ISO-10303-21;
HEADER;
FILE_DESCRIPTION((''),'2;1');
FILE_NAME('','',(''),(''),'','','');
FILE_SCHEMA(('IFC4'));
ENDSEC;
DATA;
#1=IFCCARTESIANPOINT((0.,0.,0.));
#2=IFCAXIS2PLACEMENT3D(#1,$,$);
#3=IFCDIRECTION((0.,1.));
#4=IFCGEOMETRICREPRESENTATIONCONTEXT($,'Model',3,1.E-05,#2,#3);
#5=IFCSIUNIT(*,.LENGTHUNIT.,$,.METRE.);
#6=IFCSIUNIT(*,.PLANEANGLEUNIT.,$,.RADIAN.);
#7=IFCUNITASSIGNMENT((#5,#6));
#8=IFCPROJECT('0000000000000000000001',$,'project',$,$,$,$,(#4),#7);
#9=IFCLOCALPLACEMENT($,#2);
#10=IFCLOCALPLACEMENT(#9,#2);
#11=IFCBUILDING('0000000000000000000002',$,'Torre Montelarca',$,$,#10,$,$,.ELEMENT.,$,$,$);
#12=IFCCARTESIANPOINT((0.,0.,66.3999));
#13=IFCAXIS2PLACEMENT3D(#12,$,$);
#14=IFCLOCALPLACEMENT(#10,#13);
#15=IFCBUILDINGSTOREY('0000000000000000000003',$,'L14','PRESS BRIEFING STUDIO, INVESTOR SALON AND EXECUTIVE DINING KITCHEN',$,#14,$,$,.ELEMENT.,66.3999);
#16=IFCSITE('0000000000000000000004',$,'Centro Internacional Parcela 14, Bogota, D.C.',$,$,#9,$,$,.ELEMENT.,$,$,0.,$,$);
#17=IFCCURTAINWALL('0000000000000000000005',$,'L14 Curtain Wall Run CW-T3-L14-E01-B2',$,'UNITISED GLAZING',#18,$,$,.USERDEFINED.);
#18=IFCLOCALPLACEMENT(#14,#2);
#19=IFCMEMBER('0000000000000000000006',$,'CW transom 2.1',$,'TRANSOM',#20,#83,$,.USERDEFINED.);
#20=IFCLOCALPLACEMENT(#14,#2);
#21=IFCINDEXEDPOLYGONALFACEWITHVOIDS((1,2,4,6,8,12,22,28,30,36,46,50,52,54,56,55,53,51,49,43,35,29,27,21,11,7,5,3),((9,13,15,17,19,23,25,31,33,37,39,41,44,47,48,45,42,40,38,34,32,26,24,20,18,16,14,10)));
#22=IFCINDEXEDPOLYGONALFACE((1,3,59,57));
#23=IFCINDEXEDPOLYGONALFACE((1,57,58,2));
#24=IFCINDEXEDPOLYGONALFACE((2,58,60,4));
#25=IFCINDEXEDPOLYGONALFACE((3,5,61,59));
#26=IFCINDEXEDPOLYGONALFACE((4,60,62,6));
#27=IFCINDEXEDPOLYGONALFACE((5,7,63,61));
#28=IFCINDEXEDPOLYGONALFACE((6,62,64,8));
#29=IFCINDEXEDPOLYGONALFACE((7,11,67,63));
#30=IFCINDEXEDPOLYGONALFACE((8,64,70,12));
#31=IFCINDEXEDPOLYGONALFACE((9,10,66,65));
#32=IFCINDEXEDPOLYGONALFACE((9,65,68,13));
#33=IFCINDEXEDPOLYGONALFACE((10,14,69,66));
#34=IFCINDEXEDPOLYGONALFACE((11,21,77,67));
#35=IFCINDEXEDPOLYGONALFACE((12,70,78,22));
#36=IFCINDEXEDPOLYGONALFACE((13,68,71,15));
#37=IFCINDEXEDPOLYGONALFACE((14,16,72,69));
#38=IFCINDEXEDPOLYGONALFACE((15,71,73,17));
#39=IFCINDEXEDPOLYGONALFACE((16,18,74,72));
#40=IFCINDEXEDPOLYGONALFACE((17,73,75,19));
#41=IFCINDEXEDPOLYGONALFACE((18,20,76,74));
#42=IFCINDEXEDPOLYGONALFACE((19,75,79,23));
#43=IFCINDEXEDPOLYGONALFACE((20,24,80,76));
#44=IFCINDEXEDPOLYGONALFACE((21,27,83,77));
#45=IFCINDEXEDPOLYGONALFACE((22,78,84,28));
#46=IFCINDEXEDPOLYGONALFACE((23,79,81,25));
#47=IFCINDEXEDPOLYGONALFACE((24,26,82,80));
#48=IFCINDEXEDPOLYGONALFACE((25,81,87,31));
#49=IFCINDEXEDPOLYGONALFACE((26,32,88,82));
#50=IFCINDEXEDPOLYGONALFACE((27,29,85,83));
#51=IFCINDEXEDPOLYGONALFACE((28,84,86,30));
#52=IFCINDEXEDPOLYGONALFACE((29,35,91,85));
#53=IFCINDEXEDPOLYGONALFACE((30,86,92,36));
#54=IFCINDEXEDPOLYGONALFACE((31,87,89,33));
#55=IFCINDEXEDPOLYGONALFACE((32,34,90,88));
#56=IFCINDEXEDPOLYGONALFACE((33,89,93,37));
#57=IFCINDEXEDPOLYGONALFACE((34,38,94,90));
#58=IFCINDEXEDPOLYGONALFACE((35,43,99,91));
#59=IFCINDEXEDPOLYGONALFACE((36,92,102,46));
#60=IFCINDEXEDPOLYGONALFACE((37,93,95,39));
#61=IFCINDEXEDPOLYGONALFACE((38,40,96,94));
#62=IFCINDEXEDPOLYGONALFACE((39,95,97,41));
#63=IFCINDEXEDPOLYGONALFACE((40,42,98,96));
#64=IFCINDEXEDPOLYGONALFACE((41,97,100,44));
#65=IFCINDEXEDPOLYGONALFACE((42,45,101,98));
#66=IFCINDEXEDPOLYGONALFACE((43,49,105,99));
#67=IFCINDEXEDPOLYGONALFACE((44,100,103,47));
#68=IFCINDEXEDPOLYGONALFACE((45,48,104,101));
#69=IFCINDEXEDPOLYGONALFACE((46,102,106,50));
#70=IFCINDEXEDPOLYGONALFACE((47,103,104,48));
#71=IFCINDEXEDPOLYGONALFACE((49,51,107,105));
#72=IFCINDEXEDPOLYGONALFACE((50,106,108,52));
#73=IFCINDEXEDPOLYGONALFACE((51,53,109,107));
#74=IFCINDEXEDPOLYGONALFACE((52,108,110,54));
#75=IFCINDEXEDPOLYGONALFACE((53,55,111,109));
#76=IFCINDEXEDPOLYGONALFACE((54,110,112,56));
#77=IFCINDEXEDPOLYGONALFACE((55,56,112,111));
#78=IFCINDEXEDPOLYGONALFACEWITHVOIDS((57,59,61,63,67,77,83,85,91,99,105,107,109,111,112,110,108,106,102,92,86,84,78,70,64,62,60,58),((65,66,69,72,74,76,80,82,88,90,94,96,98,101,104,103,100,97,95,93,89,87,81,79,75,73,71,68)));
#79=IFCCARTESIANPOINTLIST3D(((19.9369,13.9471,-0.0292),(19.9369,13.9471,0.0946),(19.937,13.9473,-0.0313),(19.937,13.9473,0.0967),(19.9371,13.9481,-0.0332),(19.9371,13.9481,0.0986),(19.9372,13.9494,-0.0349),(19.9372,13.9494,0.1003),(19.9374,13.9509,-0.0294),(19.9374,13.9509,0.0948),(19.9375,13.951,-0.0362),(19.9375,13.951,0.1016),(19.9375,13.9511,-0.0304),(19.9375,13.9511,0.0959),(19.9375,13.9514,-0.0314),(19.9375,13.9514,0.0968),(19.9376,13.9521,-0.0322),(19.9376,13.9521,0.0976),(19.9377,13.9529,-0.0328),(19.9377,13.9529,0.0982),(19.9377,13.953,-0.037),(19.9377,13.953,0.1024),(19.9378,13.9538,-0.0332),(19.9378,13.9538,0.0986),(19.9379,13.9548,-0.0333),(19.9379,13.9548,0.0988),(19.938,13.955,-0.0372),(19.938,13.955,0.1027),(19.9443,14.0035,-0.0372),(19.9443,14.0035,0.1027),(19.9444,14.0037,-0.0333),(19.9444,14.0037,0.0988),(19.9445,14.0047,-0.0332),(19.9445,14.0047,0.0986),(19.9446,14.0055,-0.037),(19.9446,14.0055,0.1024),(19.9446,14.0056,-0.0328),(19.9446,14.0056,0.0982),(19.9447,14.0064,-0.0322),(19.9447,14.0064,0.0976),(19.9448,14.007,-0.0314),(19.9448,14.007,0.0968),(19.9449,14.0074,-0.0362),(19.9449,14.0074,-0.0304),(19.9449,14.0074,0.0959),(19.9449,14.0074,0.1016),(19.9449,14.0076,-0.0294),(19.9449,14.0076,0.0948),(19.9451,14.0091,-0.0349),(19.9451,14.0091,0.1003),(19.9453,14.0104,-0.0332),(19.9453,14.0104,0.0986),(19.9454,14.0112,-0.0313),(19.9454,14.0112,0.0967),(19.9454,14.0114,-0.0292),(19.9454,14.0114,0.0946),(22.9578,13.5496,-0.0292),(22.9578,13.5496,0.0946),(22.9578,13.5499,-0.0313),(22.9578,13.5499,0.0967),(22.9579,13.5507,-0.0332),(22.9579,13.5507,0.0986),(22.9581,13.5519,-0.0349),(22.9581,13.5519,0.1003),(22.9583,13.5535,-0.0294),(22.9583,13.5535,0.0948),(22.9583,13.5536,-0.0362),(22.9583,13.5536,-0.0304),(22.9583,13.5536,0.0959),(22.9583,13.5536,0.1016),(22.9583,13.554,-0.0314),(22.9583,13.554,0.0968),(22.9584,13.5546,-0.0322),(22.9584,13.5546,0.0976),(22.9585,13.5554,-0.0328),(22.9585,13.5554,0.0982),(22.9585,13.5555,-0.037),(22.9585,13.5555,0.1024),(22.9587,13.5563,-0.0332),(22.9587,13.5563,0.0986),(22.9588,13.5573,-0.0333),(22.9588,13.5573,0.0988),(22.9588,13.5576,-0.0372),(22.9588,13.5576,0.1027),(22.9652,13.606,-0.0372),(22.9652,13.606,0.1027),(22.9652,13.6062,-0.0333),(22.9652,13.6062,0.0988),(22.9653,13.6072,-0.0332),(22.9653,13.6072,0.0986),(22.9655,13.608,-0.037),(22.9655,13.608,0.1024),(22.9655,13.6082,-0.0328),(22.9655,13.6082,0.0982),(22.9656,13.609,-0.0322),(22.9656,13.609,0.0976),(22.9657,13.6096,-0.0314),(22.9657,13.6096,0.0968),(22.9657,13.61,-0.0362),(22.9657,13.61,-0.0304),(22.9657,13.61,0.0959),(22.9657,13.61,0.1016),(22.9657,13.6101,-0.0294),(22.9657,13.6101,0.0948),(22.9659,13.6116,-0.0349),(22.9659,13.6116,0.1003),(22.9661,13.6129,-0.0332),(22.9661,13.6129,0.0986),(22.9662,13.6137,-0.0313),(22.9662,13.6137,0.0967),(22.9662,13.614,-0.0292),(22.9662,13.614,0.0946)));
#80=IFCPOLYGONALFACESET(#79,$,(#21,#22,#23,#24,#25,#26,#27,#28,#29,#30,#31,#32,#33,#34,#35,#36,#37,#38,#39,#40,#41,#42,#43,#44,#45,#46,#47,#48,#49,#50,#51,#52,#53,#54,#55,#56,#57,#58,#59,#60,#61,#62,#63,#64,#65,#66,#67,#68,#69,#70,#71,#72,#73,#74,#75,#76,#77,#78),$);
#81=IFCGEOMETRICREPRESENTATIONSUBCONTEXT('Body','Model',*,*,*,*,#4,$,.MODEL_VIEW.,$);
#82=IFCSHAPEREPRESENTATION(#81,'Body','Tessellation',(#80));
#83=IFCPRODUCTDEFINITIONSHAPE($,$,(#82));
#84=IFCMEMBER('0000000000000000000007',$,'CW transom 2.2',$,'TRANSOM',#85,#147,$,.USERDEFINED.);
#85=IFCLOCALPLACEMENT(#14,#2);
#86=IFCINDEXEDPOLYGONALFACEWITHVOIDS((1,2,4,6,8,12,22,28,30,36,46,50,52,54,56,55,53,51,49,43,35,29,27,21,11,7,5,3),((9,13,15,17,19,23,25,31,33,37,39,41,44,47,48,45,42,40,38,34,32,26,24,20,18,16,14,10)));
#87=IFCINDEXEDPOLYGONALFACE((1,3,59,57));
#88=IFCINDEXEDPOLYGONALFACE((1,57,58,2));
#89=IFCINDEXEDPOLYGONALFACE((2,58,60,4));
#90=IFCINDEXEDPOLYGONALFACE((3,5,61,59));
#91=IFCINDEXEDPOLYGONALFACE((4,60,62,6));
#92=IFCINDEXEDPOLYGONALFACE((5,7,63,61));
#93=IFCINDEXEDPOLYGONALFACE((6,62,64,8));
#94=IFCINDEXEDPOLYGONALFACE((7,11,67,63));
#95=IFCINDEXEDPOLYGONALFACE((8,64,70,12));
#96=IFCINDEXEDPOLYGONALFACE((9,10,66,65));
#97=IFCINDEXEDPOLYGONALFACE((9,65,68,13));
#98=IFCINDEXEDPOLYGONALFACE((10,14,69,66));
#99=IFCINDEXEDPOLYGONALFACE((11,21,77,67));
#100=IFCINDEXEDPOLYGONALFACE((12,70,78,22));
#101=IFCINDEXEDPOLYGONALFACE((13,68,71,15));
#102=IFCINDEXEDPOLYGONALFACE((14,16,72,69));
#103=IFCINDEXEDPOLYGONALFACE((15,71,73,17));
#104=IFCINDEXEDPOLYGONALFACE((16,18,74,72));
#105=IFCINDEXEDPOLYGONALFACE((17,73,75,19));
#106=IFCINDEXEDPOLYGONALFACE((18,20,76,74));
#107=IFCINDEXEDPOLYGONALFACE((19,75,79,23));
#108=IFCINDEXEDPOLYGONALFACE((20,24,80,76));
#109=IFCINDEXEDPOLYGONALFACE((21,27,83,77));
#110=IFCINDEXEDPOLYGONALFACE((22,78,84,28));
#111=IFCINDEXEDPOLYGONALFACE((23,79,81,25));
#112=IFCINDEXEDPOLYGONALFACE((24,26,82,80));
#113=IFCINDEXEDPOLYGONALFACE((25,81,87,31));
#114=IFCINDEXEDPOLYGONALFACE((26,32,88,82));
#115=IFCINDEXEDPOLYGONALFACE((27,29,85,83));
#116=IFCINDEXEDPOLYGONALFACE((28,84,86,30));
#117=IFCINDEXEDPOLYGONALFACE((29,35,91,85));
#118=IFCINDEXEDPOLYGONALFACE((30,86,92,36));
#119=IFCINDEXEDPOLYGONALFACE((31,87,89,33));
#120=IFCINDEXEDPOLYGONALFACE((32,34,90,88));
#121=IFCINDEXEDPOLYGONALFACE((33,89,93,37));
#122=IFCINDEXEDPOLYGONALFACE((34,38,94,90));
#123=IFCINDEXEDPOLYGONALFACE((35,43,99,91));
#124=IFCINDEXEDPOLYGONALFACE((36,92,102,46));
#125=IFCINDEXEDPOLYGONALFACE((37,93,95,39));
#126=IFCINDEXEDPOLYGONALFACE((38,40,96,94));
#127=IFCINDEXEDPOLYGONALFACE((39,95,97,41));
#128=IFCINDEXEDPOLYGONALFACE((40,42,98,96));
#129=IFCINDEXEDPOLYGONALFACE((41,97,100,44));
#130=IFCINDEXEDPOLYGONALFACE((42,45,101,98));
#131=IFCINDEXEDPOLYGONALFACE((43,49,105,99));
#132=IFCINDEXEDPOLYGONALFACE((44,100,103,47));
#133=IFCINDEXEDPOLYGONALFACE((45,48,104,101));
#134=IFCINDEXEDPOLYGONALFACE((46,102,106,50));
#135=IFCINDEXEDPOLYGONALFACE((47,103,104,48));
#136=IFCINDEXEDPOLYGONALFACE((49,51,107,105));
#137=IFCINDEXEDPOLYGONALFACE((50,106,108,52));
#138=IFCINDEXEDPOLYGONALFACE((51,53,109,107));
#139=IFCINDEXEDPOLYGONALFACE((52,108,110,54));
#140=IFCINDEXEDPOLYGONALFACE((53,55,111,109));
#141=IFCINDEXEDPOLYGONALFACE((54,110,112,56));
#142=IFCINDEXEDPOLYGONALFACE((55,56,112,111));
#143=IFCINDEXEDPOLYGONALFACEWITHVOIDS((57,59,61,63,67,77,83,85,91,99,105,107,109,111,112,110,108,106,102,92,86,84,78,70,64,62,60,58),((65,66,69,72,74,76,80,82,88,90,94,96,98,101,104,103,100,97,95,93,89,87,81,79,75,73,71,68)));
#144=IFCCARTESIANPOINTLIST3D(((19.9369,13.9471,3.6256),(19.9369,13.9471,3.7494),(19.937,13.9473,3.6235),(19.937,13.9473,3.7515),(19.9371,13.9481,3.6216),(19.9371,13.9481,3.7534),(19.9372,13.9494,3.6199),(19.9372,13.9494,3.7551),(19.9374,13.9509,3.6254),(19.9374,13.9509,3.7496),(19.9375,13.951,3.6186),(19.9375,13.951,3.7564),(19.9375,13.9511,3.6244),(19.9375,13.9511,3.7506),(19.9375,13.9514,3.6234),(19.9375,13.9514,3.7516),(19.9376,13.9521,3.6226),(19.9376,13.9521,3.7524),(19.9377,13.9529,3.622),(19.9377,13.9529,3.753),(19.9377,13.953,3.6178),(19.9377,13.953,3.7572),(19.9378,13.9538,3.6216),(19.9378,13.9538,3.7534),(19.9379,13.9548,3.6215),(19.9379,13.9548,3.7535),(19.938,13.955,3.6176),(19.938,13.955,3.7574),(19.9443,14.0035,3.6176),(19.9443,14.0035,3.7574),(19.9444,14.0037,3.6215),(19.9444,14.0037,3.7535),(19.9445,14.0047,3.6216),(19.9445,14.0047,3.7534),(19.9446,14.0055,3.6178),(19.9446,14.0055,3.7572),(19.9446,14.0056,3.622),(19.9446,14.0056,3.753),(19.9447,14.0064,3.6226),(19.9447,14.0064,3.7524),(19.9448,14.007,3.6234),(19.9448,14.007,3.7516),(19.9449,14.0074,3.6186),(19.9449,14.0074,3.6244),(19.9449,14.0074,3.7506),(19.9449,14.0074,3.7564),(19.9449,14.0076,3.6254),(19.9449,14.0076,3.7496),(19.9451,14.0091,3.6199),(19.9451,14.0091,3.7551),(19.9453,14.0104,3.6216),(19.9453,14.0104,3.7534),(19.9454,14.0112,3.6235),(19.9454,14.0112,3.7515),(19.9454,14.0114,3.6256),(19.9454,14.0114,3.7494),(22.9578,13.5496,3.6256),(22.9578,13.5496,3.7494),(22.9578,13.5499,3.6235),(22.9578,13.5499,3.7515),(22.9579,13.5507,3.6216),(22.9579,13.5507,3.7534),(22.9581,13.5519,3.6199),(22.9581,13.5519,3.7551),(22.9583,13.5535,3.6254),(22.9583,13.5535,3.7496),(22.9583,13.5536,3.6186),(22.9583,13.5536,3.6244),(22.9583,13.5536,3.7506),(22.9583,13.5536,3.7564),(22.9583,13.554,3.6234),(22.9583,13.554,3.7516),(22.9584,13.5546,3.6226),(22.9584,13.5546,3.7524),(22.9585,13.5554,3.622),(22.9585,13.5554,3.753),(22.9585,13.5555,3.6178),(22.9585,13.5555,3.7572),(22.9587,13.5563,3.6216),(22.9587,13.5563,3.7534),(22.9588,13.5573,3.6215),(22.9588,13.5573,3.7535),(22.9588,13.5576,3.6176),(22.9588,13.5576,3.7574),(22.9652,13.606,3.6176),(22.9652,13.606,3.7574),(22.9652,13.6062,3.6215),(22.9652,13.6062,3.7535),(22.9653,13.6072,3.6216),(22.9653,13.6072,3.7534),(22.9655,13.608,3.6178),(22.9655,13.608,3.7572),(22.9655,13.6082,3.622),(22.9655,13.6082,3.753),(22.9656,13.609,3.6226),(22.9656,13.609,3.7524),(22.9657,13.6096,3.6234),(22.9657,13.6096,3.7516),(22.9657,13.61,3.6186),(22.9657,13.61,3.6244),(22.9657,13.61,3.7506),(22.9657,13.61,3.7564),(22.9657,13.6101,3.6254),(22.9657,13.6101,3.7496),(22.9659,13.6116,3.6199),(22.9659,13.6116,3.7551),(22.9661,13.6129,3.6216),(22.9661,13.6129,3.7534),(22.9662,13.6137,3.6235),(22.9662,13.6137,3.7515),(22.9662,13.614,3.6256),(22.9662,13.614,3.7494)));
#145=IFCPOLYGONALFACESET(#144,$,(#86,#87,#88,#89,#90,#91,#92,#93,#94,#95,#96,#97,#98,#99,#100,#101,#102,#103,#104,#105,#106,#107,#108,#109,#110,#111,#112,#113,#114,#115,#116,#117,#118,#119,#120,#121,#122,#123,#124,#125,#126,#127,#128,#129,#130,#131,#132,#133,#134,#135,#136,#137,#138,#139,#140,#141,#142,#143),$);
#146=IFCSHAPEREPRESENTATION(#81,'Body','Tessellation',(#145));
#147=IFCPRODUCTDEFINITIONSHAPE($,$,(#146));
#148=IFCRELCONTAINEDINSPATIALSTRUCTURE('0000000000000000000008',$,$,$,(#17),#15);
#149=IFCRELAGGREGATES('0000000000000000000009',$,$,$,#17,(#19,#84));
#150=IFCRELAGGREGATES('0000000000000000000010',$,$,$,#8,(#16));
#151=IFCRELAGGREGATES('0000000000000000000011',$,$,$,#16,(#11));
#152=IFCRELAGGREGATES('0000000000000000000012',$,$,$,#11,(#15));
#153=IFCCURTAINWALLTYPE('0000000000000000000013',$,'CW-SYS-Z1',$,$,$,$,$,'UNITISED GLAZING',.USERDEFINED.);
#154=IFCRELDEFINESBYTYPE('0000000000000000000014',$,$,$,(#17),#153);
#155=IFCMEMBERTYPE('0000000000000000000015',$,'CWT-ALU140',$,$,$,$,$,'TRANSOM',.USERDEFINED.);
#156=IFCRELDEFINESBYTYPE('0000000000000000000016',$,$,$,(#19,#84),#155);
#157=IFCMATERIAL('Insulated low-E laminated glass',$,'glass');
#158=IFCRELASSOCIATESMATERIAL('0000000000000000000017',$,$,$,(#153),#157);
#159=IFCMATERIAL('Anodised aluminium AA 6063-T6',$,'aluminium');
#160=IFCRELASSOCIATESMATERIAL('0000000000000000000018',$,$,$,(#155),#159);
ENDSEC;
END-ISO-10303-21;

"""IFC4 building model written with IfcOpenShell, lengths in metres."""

from ifc_helpers import new_model, si_unit, direction, frame, origin, origin_2d, place, context, subcontext, project, spatial, hollow_rectangle, extrude, source, transform, mapped, material, material_profile, profile_set, type_object, element, aggregate, save


model = new_model("IFC4")

# Units and contexts
model_context = context("Model", 3, precision=1e-05, world=origin(), true_north=direction((0.0, 1.0)))
body_context = subcontext(model_context, "Body", "Model", "MODEL_VIEW")
ifc_project = project(units=[si_unit("LENGTHUNIT", "METRE"), si_unit("PLANEANGLEUNIT", "RADIAN")], contexts=[model_context])

# Site, building, storey
site_placement = place(None, origin())
site = spatial("IfcSite", under=ifc_project, at=site_placement, Name="Centro Internacional Parcela 14, Bogota, D.C.", CompositionType="ELEMENT", RefElevation=0.0)
building_placement = place(site_placement, origin())
building = spatial("IfcBuilding", under=site, at=building_placement, Name="Torre Montelarca", CompositionType="ELEMENT")
storey_placement = place(building_placement, frame((0.0, 0.0, 66.3999)))
storey = spatial("IfcBuildingStorey", under=building, at=storey_placement, Name="L14", Description="PRESS BRIEFING STUDIO, INVESTOR SALON AND EXECUTIVE DINING KITCHEN", CompositionType="ELEMENT", Elevation=66.3999)

# Curtain wall, members
ifc_material_1 = material(Name="Insulated low-E laminated glass", Category="glass")
curtain_wall_type = type_object("IfcCurtainWallType", Name="CW-SYS-Z1", ElementType="UNITISED GLAZING", PredefinedType="USERDEFINED", material=ifc_material_1)
ifc_material_2 = material(Name="Anodised aluminium AA 6063-T6", Category="aluminium")
ifc_material_profile_1 = material_profile(ifc_material_2, hollow_rectangle(XDim=0.0649, YDim=0.1399, WallThickness=0.0039, InnerFilletRadius=0.0039, OuterFilletRadius=0.0081, at=origin_2d()), Name="ALU65X140X4", Category="aluminium")
ifc_profile_set_1 = profile_set([ifc_material_profile_1], Name="Anodised aluminium AA 6063-T6")
member_type_1 = type_object("IfcMemberType", Name="CWT-ALU140", ElementType="TRANSOM", PredefinedType="USERDEFINED", material=ifc_profile_set_1)
curtain_wall_1_placement = place(storey_placement, origin())
curtain_wall_1 = element("IfcCurtainWall", 1, at=curtain_wall_1_placement, inside=storey, type_object=curtain_wall_type, Name="L14 Curtain Wall Run CW-T3-L14-E01-B2", ObjectType="UNITISED GLAZING", PredefinedType="USERDEFINED")
shared_shape_1 = source(origin(), body_context, "Body", "SweptSolid", [
    extrude(hollow_rectangle(XDim=0.0649, YDim=0.1399, WallThickness=0.0039, InnerFilletRadius=0.0039, OuterFilletRadius=0.0081, at=origin_2d()), origin(), (0.0, 0.0, 1.0), 3.0469),
])
member_1_placement = place(storey_placement, frame((19.9412, 13.9792, 0.0327), z_axis=(0.991455, -0.130452, 0.0), x_axis=(0.130452, 0.991455, 0.0)))
member_1 = element("IfcMember", 2, at=member_1_placement, type_object=member_type_1, Name="CW transom 2.1", ObjectType="TRANSOM", PredefinedType="USERDEFINED", context=body_context, shape_type="MappedRepresentation", body=[
    mapped(shared_shape_1, transform((0.0, 0.0, 0.0), scale=1.0)),
])
member_2_placement = place(storey_placement, frame((19.9412, 13.9792, 3.6875), z_axis=(0.991455, -0.130452, 0.0), x_axis=(0.130452, 0.991455, 0.0)))
member_2 = element("IfcMember", 3, at=member_2_placement, type_object=member_type_1, Name="CW transom 2.2", ObjectType="TRANSOM", PredefinedType="USERDEFINED", context=body_context, shape_type="MappedRepresentation", body=[
    mapped(shared_shape_1, transform((0.0, 0.0, 0.0), scale=1.0)),
])

aggregate(curtain_wall_1, [member_1, member_2])

save(model, "model.ifc")
